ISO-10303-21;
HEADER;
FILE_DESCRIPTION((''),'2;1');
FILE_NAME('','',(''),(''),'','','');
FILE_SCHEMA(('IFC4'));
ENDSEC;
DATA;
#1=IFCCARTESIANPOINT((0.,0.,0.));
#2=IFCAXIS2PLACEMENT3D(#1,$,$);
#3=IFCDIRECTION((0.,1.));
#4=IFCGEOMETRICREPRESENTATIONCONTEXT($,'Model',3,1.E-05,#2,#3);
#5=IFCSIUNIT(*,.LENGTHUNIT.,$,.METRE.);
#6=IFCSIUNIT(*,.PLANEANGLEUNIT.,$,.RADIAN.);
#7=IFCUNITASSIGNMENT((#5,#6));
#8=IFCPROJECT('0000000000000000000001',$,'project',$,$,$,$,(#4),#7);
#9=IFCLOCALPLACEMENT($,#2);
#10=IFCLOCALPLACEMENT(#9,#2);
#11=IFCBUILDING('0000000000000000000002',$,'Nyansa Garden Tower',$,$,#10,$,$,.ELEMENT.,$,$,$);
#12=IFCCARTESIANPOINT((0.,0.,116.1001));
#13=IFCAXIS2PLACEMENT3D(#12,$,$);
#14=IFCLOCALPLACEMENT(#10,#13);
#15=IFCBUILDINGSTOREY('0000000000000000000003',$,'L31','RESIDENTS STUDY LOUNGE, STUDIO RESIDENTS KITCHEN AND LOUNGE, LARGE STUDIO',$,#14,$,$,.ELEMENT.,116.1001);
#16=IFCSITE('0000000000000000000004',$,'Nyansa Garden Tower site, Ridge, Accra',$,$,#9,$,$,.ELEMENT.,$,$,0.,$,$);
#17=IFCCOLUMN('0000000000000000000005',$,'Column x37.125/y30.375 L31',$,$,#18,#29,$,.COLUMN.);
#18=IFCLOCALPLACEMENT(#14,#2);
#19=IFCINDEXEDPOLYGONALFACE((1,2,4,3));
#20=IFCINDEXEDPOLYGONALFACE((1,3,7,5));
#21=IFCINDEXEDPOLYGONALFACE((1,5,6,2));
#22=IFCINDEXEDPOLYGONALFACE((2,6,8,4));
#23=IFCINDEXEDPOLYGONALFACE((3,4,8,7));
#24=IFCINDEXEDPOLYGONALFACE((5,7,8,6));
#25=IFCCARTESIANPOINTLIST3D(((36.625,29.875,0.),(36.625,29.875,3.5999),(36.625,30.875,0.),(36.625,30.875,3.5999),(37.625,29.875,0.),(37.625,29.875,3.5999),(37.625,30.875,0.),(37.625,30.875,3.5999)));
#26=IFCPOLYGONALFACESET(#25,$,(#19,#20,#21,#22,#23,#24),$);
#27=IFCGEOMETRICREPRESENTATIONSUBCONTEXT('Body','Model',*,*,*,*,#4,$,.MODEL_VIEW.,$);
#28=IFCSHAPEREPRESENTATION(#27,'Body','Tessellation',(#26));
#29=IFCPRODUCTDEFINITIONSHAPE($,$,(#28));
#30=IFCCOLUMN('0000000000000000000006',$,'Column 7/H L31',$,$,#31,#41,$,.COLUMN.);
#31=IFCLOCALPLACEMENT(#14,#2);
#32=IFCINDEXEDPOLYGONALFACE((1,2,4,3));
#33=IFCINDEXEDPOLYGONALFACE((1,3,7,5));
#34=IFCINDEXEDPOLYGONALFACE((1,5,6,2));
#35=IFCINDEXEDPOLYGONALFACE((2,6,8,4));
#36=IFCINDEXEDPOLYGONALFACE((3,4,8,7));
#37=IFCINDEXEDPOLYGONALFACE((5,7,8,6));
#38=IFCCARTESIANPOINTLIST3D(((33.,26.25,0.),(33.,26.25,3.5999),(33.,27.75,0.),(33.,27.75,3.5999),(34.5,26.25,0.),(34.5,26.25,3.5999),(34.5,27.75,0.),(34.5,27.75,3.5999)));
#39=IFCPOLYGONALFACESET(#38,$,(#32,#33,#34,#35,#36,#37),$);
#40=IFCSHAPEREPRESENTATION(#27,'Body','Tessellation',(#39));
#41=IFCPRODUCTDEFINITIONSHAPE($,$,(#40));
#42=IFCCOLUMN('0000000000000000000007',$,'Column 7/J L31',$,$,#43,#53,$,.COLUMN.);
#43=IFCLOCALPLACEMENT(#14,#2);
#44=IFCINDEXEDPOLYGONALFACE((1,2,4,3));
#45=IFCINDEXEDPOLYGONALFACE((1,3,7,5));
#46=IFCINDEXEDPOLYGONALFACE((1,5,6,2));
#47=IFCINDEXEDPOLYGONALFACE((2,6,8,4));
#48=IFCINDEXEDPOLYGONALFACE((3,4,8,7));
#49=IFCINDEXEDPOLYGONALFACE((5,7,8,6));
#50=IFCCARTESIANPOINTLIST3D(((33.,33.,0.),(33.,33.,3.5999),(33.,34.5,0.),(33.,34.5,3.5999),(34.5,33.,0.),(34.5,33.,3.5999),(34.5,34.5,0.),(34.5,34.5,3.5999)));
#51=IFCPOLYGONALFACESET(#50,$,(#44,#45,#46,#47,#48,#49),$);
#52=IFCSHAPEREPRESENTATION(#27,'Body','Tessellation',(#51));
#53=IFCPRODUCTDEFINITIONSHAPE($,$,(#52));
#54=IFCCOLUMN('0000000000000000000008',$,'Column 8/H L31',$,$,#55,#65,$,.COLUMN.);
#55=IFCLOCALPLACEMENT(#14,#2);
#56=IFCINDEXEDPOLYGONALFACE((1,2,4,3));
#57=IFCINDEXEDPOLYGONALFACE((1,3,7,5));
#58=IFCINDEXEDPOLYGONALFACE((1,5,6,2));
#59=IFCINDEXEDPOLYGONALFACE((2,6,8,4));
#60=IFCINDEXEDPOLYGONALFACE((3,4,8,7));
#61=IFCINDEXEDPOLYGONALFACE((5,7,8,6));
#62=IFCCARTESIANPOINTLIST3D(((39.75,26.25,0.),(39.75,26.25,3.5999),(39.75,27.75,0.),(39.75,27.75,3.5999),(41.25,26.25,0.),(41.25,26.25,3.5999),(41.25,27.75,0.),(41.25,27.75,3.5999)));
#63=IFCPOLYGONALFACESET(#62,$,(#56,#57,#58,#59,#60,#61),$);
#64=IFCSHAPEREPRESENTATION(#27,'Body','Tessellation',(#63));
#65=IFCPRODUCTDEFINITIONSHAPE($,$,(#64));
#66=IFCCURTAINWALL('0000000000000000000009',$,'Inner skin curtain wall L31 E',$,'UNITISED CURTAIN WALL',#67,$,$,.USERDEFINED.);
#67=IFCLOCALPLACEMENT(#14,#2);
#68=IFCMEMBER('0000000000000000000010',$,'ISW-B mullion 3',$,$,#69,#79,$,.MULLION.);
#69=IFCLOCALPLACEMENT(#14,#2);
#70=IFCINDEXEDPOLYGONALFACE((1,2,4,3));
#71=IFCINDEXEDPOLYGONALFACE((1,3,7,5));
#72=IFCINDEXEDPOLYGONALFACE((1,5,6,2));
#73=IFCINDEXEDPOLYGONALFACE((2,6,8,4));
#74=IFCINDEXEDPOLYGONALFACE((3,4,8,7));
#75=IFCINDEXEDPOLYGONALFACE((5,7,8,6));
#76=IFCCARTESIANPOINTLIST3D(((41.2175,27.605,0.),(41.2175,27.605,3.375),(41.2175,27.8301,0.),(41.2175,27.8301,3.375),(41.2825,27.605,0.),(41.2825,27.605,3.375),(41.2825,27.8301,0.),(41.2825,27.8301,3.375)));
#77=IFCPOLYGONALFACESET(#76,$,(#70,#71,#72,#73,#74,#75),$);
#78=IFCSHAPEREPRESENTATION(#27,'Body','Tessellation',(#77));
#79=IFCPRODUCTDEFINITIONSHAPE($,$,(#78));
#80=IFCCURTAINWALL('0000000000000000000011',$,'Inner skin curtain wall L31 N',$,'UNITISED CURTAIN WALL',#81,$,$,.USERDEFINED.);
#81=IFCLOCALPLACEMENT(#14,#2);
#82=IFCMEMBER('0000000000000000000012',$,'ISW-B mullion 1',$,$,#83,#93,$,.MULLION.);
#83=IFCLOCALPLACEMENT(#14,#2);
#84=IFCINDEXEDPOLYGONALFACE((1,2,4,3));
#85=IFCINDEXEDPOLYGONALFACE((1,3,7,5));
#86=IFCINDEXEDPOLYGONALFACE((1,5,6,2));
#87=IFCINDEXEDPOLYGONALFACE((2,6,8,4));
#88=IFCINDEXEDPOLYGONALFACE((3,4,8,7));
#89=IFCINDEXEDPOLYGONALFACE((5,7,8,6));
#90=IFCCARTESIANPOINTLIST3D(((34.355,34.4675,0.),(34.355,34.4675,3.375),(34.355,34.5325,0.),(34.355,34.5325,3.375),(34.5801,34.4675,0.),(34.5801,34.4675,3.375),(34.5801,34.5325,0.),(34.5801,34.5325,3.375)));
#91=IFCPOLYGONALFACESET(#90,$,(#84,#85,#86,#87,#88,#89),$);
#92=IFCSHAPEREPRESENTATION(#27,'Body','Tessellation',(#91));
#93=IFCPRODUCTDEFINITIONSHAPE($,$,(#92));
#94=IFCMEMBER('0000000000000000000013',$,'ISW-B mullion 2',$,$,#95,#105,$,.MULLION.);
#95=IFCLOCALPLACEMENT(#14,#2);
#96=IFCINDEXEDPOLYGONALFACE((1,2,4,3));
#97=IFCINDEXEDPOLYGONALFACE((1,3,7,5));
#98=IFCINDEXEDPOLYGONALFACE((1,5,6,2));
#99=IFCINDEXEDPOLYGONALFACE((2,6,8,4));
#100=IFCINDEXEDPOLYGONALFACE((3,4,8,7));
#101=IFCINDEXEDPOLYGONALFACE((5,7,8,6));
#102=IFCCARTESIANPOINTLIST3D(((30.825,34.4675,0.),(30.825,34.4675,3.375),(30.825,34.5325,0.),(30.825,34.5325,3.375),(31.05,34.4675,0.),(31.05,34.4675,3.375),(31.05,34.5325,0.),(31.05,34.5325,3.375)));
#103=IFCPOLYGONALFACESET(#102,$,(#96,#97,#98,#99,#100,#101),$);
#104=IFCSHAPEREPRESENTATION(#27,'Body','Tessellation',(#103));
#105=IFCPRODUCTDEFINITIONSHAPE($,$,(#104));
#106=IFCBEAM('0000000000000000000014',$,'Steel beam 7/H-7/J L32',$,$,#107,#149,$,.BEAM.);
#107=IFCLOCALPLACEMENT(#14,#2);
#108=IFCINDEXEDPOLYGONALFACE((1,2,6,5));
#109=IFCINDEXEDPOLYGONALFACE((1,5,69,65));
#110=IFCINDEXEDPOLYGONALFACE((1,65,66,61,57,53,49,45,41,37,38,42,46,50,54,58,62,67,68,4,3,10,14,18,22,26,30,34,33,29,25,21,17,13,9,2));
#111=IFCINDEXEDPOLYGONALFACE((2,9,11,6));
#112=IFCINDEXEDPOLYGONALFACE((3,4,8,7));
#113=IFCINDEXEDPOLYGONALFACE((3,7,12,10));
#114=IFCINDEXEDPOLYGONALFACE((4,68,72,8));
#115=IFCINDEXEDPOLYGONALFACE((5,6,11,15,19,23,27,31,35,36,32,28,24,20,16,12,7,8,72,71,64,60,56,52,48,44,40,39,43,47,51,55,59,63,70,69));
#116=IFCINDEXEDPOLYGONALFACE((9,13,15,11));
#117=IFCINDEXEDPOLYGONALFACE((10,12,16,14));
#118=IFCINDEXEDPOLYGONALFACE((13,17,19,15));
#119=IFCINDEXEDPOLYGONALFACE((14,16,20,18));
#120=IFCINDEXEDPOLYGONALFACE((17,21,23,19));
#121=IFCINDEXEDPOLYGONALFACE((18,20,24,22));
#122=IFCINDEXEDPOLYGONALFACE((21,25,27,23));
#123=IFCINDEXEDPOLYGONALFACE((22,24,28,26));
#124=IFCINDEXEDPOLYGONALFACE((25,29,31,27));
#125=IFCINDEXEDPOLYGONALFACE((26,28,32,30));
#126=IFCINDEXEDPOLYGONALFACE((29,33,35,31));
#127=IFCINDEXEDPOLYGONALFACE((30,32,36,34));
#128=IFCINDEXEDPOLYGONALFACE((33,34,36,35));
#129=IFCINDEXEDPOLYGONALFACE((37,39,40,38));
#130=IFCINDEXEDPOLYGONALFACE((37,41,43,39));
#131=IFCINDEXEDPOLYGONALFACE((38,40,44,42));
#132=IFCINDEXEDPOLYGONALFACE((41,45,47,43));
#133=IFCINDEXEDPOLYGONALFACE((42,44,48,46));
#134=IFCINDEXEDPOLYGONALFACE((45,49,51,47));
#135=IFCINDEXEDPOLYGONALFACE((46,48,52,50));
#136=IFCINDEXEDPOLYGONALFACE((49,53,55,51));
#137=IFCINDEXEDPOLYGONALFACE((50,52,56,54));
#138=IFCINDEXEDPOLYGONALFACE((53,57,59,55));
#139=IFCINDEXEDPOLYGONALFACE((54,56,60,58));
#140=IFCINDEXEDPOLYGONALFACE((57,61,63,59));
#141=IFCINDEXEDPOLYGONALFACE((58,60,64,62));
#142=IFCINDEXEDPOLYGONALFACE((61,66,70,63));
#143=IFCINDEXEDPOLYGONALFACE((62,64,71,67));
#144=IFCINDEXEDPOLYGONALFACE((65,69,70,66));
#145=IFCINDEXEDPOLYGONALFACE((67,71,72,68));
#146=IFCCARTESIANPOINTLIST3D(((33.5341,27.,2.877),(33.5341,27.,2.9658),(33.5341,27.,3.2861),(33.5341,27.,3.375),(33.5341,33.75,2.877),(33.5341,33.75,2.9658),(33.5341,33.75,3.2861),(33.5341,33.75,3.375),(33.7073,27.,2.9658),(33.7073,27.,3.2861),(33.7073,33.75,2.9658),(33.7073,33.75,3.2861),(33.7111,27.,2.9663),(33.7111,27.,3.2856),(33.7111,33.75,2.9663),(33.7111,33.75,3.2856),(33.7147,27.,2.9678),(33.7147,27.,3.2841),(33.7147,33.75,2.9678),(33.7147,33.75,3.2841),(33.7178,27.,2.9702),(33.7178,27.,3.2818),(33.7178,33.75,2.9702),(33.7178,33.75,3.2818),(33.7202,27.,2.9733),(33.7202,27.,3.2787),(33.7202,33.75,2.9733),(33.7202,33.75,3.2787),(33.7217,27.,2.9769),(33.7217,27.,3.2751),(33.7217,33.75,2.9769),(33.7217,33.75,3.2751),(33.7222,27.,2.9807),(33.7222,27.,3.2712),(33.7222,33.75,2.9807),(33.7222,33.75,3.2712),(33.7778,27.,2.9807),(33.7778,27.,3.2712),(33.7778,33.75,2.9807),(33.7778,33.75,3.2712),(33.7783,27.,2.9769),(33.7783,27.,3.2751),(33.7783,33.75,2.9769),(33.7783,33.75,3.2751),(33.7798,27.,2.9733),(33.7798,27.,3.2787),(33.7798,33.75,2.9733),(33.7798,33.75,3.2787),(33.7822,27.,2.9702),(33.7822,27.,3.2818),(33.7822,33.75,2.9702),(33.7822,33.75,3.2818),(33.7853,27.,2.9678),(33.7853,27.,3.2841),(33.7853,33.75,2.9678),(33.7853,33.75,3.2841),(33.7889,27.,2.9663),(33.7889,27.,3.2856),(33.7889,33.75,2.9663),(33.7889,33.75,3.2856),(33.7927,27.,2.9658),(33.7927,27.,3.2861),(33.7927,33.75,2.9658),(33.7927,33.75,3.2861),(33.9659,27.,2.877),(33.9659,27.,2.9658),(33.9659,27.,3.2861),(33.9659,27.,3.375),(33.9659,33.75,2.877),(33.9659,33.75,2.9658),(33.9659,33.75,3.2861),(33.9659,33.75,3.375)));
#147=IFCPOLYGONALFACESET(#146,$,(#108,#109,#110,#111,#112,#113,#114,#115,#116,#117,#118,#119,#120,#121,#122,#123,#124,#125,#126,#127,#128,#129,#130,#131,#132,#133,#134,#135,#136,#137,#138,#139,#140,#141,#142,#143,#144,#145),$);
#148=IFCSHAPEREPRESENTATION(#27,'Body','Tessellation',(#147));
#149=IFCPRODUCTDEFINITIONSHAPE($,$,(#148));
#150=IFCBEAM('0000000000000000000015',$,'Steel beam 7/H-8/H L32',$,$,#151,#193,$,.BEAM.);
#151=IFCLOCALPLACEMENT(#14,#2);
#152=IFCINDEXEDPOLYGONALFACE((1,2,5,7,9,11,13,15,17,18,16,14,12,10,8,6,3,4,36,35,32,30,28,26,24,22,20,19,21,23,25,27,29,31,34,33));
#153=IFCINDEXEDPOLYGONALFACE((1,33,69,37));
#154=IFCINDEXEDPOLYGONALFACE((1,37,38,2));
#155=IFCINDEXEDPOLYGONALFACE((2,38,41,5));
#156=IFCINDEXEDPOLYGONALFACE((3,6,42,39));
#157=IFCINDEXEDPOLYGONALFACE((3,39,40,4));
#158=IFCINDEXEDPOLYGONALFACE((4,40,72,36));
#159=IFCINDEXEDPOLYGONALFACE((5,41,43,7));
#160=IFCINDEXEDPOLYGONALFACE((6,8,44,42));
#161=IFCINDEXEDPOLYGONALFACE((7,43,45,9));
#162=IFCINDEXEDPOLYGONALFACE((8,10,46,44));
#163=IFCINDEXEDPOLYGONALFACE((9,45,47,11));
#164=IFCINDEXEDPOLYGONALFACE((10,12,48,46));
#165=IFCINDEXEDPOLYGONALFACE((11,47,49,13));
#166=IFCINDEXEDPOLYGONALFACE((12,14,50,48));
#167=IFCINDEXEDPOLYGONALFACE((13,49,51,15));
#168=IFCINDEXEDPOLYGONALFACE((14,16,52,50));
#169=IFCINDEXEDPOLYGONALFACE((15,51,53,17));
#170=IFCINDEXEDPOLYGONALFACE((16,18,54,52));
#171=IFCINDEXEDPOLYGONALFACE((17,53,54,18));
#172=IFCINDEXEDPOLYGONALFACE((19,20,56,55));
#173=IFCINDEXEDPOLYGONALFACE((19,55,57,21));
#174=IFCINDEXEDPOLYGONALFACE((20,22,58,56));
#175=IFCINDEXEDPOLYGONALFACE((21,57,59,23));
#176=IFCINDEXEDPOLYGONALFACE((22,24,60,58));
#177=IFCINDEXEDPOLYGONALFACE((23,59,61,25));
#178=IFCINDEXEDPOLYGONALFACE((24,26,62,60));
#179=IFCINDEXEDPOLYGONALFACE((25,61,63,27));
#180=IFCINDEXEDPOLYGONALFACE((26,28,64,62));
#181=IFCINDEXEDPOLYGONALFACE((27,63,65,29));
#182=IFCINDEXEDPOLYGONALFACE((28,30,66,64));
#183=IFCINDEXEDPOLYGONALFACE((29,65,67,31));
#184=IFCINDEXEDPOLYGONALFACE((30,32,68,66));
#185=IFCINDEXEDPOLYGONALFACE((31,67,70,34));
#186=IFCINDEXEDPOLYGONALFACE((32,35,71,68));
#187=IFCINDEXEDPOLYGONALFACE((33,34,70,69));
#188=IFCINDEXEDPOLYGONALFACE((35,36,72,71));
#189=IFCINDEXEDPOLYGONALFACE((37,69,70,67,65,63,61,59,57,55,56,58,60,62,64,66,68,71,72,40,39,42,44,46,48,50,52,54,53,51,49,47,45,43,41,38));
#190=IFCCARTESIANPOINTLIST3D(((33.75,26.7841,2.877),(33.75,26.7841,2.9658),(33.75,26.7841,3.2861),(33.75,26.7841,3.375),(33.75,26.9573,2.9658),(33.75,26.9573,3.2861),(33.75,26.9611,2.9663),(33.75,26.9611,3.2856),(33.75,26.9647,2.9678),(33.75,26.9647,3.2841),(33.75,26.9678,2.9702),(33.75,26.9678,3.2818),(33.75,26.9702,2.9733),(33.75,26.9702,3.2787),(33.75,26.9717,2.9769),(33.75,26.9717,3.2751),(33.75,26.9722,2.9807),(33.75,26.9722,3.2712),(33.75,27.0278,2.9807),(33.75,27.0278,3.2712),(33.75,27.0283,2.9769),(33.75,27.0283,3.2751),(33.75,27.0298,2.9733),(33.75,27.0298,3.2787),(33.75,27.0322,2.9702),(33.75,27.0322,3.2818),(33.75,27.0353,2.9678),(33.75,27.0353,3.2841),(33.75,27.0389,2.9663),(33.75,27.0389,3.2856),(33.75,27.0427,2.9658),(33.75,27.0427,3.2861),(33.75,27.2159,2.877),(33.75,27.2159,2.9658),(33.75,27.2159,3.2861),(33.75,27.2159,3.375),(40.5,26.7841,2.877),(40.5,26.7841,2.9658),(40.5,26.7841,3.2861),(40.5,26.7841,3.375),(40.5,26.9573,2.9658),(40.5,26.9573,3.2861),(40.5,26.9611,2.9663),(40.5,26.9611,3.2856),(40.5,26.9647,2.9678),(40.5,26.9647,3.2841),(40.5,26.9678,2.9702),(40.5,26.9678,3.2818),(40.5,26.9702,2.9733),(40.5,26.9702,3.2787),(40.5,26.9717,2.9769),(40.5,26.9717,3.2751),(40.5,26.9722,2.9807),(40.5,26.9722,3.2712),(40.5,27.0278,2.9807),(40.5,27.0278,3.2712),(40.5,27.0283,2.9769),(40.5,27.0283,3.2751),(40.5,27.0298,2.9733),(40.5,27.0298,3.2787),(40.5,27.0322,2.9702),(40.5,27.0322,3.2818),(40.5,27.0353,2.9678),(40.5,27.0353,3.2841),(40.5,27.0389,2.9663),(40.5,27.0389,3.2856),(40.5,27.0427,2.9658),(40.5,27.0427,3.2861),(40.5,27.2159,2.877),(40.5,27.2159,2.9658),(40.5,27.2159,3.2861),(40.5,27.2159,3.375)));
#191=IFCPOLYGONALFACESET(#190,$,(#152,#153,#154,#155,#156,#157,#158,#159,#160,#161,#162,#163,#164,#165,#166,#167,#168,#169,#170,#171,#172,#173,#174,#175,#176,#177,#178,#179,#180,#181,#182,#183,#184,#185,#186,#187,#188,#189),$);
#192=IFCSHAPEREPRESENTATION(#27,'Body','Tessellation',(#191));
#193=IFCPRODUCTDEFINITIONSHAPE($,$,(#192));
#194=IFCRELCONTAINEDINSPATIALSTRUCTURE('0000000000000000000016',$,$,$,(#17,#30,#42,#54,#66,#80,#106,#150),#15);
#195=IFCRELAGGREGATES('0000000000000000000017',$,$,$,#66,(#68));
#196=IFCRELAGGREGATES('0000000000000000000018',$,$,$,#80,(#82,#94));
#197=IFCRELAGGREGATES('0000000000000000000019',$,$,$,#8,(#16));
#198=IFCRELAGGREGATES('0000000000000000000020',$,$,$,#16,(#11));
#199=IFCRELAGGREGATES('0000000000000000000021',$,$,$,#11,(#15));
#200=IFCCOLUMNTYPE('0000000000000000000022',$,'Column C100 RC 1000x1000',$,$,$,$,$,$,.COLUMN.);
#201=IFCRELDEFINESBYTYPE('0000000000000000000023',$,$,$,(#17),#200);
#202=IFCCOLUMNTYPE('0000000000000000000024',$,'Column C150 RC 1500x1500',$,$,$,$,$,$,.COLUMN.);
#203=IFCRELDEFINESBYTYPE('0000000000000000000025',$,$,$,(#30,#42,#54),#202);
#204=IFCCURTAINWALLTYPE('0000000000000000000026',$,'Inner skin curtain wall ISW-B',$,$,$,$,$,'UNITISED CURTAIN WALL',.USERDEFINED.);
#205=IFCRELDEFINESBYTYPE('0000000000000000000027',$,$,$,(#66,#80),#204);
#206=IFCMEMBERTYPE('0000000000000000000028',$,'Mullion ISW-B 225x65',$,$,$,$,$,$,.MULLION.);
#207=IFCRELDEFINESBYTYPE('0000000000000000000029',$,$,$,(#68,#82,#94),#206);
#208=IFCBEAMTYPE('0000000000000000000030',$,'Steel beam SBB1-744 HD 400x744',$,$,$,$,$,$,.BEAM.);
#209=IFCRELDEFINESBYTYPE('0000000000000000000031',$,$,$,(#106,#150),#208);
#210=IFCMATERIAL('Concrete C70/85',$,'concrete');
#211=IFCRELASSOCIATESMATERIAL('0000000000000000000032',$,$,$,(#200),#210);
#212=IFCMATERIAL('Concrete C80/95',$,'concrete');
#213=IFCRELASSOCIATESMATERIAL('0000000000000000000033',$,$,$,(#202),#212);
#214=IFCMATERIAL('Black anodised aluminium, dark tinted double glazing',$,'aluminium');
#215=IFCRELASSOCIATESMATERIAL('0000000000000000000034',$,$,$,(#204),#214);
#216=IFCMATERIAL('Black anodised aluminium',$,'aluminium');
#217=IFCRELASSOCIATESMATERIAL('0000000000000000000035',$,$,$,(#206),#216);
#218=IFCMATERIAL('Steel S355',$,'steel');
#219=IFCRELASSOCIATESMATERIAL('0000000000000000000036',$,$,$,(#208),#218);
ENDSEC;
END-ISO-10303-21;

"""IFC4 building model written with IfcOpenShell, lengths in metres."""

from ifc_helpers import new_model, si_unit, direction, frame, origin, origin_2d, place, context, subcontext, project, spatial, rectangle, i_section, extrude, material, material_profile, profile_set, type_object, element, aggregate, save


model = new_model("IFC4")

# Units and contexts
model_context = context("Model", 3, precision=1e-05, world=origin(), true_north=direction((0.0, 1.0)))
body_context = subcontext(model_context, "Body", "Model", "MODEL_VIEW")
ifc_project = project(units=[si_unit("LENGTHUNIT", "METRE"), si_unit("PLANEANGLEUNIT", "RADIAN")], contexts=[model_context])

# Site, building, storey
site_placement = place(None, origin())
site = spatial("IfcSite", under=ifc_project, at=site_placement, Name="Nyansa Garden Tower site, Ridge, Accra", CompositionType="ELEMENT", RefElevation=0.0)
building_placement = place(site_placement, origin())
building = spatial("IfcBuilding", under=site, at=building_placement, Name="Nyansa Garden Tower", CompositionType="ELEMENT")
storey_placement = place(building_placement, frame((0.0, 0.0, 116.1001)))
storey = spatial("IfcBuildingStorey", under=building, at=storey_placement, Name="L31", Description="RESIDENTS STUDY LOUNGE, STUDIO RESIDENTS KITCHEN AND LOUNGE, LARGE STUDIO", CompositionType="ELEMENT", Elevation=116.1001)

# Columns
ifc_material_1 = material(Name="Concrete C70/85", Category="concrete")
ifc_material_profile_1 = material_profile(ifc_material_1, rectangle(XDim=1.0, YDim=1.0, at=origin_2d()), Name="RC 1000x1000")
ifc_profile_set_1 = profile_set([ifc_material_profile_1], Name="Concrete C70/85")
column_type_1 = type_object("IfcColumnType", Name="Column C100 RC 1000x1000", PredefinedType="COLUMN", material=ifc_profile_set_1)
column_placement = place(storey_placement, frame((37.125, 30.375, 0.0), z_axis=(0.0, 0.0, 1.0), x_axis=(1.0, 0.0, 0.0)))
element("IfcColumn", 1, at=column_placement, inside=storey, type_object=column_type_1, Name="Column x37.125/y30.375 L31", PredefinedType="COLUMN", context=body_context, shape_type="SweptSolid", body=[
    extrude(rectangle(XDim=1.0, YDim=1.0, at=origin_2d()), origin(), (0.0, 0.0, 1.0), 3.5999),
])
ifc_material_2 = material(Name="Concrete C80/95", Category="concrete")
ifc_material_profile_2 = material_profile(ifc_material_2, rectangle(XDim=1.5, YDim=1.5, at=origin_2d()), Name="RC 1500x1500")
ifc_profile_set_2 = profile_set([ifc_material_profile_2], Name="Concrete C80/95")
column_type_2 = type_object("IfcColumnType", Name="Column C150 RC 1500x1500", PredefinedType="COLUMN", material=ifc_profile_set_2)
for number, where, z_axis, x_axis, name in (
    (2, (33.75, 27.0, 0.0), (0.0, 0.0, 1.0), (1.0, 0.0, 0.0), "Column 7/H L31"),
    (3, (33.75, 33.75, 0.0), (0.0, 0.0, 1.0), (1.0, 0.0, 0.0), "Column 7/J L31"),
    (4, (40.5, 27.0, 0.0), (0.0, 0.0, 1.0), (1.0, 0.0, 0.0), "Column 8/H L31"),
):
    element("IfcColumn", number, at=place(storey_placement, frame(where, z_axis=z_axis, x_axis=x_axis)), inside=storey, type_object=column_type_2, Name=name, PredefinedType="COLUMN", context=body_context, shape_type="SweptSolid", body=[
        extrude(rectangle(XDim=1.5, YDim=1.5, at=origin_2d()), origin(), (0.0, 0.0, 1.0), 3.5999),
    ])

# Curtain wall, member
ifc_material_3 = material(Name="Black anodised aluminium, dark tinted double glazing", Category="aluminium")
curtain_wall_type = type_object("IfcCurtainWallType", Name="Inner skin curtain wall ISW-B", ElementType="UNITISED CURTAIN WALL", PredefinedType="USERDEFINED", material=ifc_material_3)
curtain_wall_1_placement = place(storey_placement, origin())
curtain_wall_1 = element("IfcCurtainWall", 5, at=curtain_wall_1_placement, inside=storey, type_object=curtain_wall_type, Name="Inner skin curtain wall L31 E", ObjectType="UNITISED CURTAIN WALL", PredefinedType="USERDEFINED")
ifc_material_4 = material(Name="Black anodised aluminium", Category="aluminium")
ifc_material_profile_3 = material_profile(ifc_material_4, rectangle(XDim=0.0649, YDim=0.2251, at=origin_2d()), Name="Mullion 225x65")
ifc_profile_set_3 = profile_set([ifc_material_profile_3], Name="Black anodised aluminium")
member_type_1 = type_object("IfcMemberType", Name="Mullion ISW-B 225x65", PredefinedType="MULLION", material=ifc_profile_set_3)
member_1_placement = place(storey_placement, frame((41.25, 27.7175, 0.0), z_axis=(0.0, 0.0, 1.0), x_axis=(-1.0, 0.0, 0.0)))
member_1 = element("IfcMember", 6, at=member_1_placement, type_object=member_type_1, Name="ISW-B mullion 3", PredefinedType="MULLION", context=body_context, shape_type="SweptSolid", body=[
    extrude(rectangle(XDim=0.0649, YDim=0.2251, at=origin_2d()), origin(), (0.0, 0.0, 1.0), 3.375),
])
aggregate(curtain_wall_1, [member_1])

# Curtain wall, members
curtain_wall_2_placement = place(storey_placement, origin())
curtain_wall_2 = element("IfcCurtainWall", 7, at=curtain_wall_2_placement, inside=storey, type_object=curtain_wall_type, Name="Inner skin curtain wall L31 N", ObjectType="UNITISED CURTAIN WALL", PredefinedType="USERDEFINED")
member_2_placement = place(storey_placement, frame((34.4675, 34.5, 0.0), z_axis=(0.0, 0.0, 1.0), x_axis=(0.0, -1.0, 0.0)))
member_2 = element("IfcMember", 8, at=member_2_placement, type_object=member_type_1, Name="ISW-B mullion 1", PredefinedType="MULLION", context=body_context, shape_type="SweptSolid", body=[
    extrude(rectangle(XDim=0.0649, YDim=0.2251, at=origin_2d()), origin(), (0.0, 0.0, 1.0), 3.375),
])
member_3_placement = place(storey_placement, frame((30.9375, 34.5, 0.0), z_axis=(0.0, 0.0, 1.0), x_axis=(0.0, -1.0, 0.0)))
member_3 = element("IfcMember", 9, at=member_3_placement, type_object=member_type_1, Name="ISW-B mullion 2", PredefinedType="MULLION", context=body_context, shape_type="SweptSolid", body=[
    extrude(rectangle(XDim=0.0649, YDim=0.2251, at=origin_2d()), origin(), (0.0, 0.0, 1.0), 3.375),
])

# Beams
ifc_material_5 = material(Name="Steel S355", Category="steel")
ifc_material_profile_4 = material_profile(ifc_material_5, i_section(OverallWidth=0.4319, OverallDepth=0.498, WebThickness=0.0557, FlangeThickness=0.0889, FilletRadius=0.0149, at=origin_2d()), Name="HD 400x744")
ifc_profile_set_4 = profile_set([ifc_material_profile_4], Name="Steel S355")
beam_type_1 = type_object("IfcBeamType", Name="Steel beam SBB1-744 HD 400x744", PredefinedType="BEAM", material=ifc_profile_set_4)
for number, where, z_axis, x_axis, name in (
    (10, (33.75, 27.0, 3.126), (0.0, 1.0, 0.0), (-1.0, 0.0, 0.0), "Steel beam 7/H-7/J L32"),
    (11, (33.75, 27.0, 3.126), (1.0, 0.0, 0.0), (0.0, 1.0, 0.0), "Steel beam 7/H-8/H L32"),
):
    element("IfcBeam", number, at=place(storey_placement, frame(where, z_axis=z_axis, x_axis=x_axis)), inside=storey, type_object=beam_type_1, Name=name, PredefinedType="BEAM", context=body_context, shape_type="SweptSolid", body=[
        extrude(i_section(OverallWidth=0.4319, OverallDepth=0.498, WebThickness=0.0557, FlangeThickness=0.0889, FilletRadius=0.0149, at=origin_2d()), origin(), (0.0, 0.0, 1.0), 6.75),
    ])

aggregate(curtain_wall_2, [member_2, member_3])

save(model, "model.ifc")
